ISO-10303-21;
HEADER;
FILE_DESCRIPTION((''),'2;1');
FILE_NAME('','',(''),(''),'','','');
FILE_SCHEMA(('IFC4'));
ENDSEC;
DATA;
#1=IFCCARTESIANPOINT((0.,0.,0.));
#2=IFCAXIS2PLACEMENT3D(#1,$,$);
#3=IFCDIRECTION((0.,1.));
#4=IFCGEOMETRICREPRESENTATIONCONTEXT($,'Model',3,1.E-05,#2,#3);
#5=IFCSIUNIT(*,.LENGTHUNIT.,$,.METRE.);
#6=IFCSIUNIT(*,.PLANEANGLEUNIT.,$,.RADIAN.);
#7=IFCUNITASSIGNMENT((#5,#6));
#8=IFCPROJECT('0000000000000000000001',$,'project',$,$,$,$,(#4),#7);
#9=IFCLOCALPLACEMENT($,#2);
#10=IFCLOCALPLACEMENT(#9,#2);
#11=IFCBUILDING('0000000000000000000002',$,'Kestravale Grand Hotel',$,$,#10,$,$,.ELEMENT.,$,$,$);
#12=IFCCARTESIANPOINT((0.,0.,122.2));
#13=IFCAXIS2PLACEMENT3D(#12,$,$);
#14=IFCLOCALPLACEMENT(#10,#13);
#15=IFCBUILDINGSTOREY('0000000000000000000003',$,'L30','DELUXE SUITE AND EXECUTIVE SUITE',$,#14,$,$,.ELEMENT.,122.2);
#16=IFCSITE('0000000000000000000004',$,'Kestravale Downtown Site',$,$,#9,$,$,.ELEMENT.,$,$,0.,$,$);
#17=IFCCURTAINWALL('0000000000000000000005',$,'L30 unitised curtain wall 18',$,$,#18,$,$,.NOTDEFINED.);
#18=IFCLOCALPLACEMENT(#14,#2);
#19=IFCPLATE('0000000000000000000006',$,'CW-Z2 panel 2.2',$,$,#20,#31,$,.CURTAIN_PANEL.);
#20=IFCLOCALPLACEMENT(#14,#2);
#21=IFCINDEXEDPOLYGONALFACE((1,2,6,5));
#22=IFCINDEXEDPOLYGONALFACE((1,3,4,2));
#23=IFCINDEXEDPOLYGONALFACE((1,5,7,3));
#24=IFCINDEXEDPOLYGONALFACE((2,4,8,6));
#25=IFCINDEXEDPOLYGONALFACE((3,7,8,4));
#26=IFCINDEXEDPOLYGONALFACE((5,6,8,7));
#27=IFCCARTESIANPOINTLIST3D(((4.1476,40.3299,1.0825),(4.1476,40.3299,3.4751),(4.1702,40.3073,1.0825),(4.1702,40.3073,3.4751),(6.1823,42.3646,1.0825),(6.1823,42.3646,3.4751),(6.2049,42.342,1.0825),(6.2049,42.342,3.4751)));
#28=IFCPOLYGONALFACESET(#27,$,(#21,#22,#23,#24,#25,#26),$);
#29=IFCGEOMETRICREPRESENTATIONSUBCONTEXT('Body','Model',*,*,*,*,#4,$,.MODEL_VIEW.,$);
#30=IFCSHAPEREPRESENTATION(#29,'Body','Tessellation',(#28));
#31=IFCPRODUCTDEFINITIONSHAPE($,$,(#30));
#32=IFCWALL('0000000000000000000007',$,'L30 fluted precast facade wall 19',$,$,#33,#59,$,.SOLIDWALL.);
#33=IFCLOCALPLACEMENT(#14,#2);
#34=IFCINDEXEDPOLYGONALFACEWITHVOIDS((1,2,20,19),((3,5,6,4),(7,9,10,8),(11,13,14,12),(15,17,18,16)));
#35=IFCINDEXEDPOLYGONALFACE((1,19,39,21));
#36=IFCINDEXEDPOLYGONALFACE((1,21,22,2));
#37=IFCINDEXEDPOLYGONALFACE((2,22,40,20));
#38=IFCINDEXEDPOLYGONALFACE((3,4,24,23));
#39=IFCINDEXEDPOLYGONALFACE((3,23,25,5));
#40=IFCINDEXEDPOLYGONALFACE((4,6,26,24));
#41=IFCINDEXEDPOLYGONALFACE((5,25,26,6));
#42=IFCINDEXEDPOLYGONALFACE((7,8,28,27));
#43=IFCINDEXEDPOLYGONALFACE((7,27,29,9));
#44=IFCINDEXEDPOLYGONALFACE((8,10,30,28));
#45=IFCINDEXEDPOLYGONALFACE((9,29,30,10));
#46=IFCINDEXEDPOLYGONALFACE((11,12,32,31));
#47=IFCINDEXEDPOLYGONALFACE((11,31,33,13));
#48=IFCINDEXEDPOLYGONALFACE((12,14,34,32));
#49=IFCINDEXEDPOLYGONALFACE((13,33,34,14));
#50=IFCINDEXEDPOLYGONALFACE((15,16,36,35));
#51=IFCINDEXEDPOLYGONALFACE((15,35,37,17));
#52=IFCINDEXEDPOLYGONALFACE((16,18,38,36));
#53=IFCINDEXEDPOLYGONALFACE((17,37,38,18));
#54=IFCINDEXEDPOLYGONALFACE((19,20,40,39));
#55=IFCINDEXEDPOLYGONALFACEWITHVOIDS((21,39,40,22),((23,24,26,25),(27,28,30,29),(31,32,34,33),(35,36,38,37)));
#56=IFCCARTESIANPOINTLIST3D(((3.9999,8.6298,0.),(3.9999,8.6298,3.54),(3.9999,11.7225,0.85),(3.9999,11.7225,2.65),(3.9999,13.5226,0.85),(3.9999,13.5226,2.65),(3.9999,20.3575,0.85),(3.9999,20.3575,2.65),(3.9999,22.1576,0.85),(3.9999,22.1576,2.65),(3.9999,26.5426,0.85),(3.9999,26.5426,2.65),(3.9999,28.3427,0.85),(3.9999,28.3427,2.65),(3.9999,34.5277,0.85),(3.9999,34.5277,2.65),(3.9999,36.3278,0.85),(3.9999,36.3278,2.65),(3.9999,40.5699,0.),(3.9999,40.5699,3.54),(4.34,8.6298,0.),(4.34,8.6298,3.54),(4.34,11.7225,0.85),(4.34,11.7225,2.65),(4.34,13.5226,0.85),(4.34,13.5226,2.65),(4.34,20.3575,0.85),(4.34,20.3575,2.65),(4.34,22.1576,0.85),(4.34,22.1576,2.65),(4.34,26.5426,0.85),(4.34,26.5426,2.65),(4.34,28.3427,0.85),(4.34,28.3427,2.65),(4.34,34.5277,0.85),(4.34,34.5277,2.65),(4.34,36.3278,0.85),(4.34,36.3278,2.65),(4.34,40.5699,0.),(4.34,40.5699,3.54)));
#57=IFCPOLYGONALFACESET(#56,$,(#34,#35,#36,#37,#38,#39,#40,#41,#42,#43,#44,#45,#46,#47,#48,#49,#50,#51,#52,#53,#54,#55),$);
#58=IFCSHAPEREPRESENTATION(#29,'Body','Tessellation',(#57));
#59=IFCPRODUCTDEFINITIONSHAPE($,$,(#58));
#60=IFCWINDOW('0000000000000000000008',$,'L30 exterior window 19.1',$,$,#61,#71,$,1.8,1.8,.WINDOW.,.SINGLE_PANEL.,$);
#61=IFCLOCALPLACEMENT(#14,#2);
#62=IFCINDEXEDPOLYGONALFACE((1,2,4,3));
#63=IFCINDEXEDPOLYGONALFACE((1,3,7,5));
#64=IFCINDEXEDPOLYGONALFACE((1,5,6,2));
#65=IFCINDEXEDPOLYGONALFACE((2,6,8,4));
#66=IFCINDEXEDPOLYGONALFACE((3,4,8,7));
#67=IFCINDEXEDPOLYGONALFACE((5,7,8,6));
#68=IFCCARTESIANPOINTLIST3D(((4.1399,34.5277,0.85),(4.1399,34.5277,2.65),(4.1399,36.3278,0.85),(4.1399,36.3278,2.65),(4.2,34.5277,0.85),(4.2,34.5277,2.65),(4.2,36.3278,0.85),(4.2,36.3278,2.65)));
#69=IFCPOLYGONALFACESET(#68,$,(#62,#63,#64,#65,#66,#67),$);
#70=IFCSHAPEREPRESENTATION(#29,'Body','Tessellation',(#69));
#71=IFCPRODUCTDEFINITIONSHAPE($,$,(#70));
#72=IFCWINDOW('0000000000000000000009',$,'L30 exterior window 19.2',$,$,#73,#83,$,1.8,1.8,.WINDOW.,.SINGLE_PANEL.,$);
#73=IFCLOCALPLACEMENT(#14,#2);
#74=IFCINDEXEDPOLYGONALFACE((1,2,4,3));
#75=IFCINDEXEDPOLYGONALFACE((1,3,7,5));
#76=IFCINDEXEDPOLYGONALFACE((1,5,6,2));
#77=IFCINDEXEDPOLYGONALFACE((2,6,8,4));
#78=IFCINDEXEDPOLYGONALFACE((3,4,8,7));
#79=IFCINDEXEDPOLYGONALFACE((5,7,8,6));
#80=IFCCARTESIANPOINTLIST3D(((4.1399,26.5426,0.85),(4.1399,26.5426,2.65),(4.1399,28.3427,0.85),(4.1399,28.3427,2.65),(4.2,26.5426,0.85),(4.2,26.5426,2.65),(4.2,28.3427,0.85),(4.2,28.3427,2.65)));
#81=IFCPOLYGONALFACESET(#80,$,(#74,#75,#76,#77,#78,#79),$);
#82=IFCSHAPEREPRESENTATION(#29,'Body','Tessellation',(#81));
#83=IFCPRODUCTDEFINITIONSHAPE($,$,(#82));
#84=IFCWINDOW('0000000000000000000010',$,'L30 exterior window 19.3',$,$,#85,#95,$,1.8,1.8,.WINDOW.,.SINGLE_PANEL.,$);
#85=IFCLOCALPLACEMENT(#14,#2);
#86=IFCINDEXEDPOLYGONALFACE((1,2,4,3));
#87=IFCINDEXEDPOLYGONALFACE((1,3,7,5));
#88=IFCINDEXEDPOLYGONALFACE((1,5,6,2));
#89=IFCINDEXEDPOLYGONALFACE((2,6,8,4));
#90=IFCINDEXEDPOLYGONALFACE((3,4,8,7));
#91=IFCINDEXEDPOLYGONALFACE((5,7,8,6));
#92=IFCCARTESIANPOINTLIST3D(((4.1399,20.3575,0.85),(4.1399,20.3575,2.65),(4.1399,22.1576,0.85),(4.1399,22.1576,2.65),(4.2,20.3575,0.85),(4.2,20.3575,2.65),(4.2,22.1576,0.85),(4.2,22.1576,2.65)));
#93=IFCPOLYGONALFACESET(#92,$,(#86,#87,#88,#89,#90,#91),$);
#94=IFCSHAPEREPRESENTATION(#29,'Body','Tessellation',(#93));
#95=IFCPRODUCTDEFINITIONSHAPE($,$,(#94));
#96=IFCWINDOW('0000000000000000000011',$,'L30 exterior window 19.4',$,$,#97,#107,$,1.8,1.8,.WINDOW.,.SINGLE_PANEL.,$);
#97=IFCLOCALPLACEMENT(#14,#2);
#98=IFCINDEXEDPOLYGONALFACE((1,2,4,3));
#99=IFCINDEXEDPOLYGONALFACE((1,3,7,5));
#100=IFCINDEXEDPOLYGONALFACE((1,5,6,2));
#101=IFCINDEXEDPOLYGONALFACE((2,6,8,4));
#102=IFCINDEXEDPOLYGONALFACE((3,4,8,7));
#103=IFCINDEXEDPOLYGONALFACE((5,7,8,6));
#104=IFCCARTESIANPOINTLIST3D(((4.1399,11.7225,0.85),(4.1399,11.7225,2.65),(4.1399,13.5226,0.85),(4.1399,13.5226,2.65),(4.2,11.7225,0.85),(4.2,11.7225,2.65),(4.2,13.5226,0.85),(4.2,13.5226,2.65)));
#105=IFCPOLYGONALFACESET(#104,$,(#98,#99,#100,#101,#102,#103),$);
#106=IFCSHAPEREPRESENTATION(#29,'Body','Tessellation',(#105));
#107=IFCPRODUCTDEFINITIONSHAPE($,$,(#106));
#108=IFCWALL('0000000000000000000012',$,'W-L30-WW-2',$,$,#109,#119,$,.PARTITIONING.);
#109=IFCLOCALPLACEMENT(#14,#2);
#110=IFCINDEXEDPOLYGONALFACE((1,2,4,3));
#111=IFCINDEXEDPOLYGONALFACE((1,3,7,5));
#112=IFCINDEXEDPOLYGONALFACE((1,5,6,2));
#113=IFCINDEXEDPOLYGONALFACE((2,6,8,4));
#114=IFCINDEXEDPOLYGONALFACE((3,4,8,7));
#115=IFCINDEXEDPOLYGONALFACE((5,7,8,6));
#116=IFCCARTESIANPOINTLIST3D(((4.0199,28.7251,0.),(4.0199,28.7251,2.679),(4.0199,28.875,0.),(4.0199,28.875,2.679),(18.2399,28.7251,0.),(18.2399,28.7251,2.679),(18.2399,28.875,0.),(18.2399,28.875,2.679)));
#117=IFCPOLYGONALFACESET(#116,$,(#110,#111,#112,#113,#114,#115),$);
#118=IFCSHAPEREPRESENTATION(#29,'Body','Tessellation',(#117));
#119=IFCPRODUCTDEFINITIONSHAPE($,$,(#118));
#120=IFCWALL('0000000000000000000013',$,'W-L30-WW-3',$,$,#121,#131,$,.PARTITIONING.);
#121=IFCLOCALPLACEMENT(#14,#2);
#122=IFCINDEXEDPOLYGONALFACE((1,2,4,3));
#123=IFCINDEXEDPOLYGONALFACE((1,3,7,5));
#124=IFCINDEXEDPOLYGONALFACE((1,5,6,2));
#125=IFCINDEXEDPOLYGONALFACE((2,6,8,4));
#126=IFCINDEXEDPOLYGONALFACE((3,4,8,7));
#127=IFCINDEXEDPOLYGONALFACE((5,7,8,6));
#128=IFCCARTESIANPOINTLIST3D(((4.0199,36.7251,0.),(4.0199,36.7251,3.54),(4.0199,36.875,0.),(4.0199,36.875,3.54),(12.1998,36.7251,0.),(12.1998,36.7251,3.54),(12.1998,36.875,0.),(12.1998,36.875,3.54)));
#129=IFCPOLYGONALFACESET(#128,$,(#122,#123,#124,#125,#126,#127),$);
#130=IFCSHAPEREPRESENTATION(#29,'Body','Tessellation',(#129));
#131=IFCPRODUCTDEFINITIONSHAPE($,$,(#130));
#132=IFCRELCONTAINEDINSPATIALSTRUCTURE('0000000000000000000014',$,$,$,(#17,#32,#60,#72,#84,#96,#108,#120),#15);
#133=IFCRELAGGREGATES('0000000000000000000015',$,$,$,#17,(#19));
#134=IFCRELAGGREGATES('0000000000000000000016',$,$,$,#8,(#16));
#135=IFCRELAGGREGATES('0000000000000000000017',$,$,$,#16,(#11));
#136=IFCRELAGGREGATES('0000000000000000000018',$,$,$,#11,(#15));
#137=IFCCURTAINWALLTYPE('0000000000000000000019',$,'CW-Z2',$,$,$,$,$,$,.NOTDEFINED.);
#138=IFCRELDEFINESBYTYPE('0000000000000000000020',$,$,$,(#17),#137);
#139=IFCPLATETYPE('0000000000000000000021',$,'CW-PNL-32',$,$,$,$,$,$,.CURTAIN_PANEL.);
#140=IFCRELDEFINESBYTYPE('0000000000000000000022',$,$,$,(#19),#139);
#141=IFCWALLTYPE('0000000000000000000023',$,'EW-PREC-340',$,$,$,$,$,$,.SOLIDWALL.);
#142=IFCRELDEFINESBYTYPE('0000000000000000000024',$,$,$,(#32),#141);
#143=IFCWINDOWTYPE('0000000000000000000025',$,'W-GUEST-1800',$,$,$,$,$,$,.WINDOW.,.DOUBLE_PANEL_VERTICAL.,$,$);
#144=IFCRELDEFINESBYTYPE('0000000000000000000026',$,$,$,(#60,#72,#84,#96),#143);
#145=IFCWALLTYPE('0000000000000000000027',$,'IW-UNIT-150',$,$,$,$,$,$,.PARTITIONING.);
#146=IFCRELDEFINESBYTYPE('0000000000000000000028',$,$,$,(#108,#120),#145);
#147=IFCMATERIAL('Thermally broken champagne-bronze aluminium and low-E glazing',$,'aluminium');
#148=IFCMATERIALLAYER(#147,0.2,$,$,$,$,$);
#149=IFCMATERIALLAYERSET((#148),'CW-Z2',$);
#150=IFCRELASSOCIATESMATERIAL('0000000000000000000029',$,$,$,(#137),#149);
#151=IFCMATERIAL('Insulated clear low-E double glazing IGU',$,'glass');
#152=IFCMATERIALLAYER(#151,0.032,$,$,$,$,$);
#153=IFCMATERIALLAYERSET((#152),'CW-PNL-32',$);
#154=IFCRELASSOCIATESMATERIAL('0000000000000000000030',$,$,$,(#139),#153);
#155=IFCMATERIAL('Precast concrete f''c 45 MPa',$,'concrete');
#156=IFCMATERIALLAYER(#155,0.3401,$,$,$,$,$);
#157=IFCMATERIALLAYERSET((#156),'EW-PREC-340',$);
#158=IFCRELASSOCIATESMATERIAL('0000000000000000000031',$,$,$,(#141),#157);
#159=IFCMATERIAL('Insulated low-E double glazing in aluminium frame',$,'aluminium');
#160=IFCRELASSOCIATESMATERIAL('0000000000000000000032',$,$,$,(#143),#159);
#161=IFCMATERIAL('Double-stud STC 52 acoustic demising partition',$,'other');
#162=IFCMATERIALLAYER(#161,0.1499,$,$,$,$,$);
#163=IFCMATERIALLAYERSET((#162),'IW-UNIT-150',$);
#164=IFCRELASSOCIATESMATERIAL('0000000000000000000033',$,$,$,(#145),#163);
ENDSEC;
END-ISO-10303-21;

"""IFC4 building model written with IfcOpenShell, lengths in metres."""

from ifc_helpers import new_model, si_unit, direction, frame, frame_2d, origin, origin_2d, place, context, subcontext, project, spatial, rectangle, extrude, material, layer, layer_set, type_object, element, fill, aggregate, save


model = new_model("IFC4")

# Units and contexts
model_context = context("Model", 3, precision=1e-05, world=origin(), true_north=direction((0.0, 1.0)))
body_context = subcontext(model_context, "Body", "Model", "MODEL_VIEW")
ifc_project = project(units=[si_unit("LENGTHUNIT", "METRE"), si_unit("PLANEANGLEUNIT", "RADIAN")], contexts=[model_context])

# Site, building, storey
site_placement = place(None, origin())
site = spatial("IfcSite", under=ifc_project, at=site_placement, Name="Kestravale Downtown Site", CompositionType="ELEMENT", RefElevation=0.0)
building_placement = place(site_placement, origin())
building = spatial("IfcBuilding", under=site, at=building_placement, Name="Kestravale Grand Hotel", CompositionType="ELEMENT")
storey_placement = place(building_placement, frame((0.0, 0.0, 122.2)))
storey = spatial("IfcBuildingStorey", under=building, at=storey_placement, Name="L30", Description="DELUXE SUITE AND EXECUTIVE SUITE", CompositionType="ELEMENT", Elevation=122.2)

# Curtain wall, plate
ifc_material_1 = material(Name="Thermally broken champagne-bronze aluminium and low-E glazing", Category="aluminium")
ifc_layer_1 = layer(ifc_material_1, 0.2)
ifc_layer_set_1 = layer_set([ifc_layer_1], Name="CW-Z2")
curtain_wall_type = type_object("IfcCurtainWallType", Name="CW-Z2", PredefinedType="NOTDEFINED", material=ifc_layer_set_1)
curtain_wall_placement = place(storey_placement, origin())
curtain_wall = element("IfcCurtainWall", 1, at=curtain_wall_placement, inside=storey, type_object=curtain_wall_type, Name="L30 unitised curtain wall 18", PredefinedType="NOTDEFINED")
ifc_material_2 = material(Name="Insulated clear low-E double glazing IGU", Category="glass")
ifc_layer_2 = layer(ifc_material_2, 0.032)
ifc_layer_set_2 = layer_set([ifc_layer_2], Name="CW-PNL-32")
plate_type = type_object("IfcPlateType", Name="CW-PNL-32", PredefinedType="CURTAIN_PANEL", material=ifc_layer_set_2)
plate_1_placement = place(storey_placement, frame((5.1763, 41.3359, 1.0825), z_axis=(0.0, 0.0, 1.0), x_axis=(-0.707107, -0.707107, 0.0)))
plate_1 = element("IfcPlate", 2, at=plate_1_placement, type_object=plate_type, Name="CW-Z2 panel 2.2", PredefinedType="CURTAIN_PANEL", context=body_context, shape_type="SweptSolid", body=[
    extrude(rectangle(XDim=2.8774, YDim=0.032, at=origin_2d()), origin(), (0.0, 0.0, 1.0), 2.3926),
])
aggregate(curtain_wall, [plate_1])

# Wall, openings, windows
ifc_material_3 = material(Name="Precast concrete f'c 45 MPa", Category="concrete")
ifc_layer_3 = layer(ifc_material_3, 0.3401)
ifc_layer_set_3 = layer_set([ifc_layer_3], Name="EW-PREC-340")
wall_type_1 = type_object("IfcWallType", Name="EW-PREC-340", PredefinedType="SOLIDWALL", material=ifc_layer_set_3)
wall_1_placement = place(storey_placement, frame((4.1699, 40.5701, 0.0), z_axis=(0.0, 0.0, 1.0), x_axis=(0.0, -1.0, 0.0)))
wall_1 = element("IfcWall", 3, at=wall_1_placement, inside=storey, type_object=wall_type_1, Name="L30 fluted precast facade wall 19", PredefinedType="SOLIDWALL", context=body_context, shape_type="SweptSolid", body=[
    extrude(rectangle(XDim=31.9402, YDim=0.3401, at=frame_2d((15.9702, 0.0))), origin(), (0.0, 0.0, 1.0), 3.54),
])
opening_1_placement = place(wall_1_placement, frame((4.2424, 0.0, 0.8501)))
opening_1 = element("IfcOpeningElement", 4, at=opening_1_placement, cuts=wall_1, PredefinedType="OPENING", context=body_context, shape_type="SweptSolid", body=[
    extrude(rectangle(XDim=1.8, YDim=1.8, at=frame_2d((0.8999, 0.8999))), frame((0.0, 0.1799, 0.0), z_axis=(0.0, -1.0, 0.0), x_axis=(1.0, 0.0, 0.0)), (0.0, 0.0, 1.0), 0.3601),
])
opening_2_placement = place(wall_1_placement, frame((12.2275, 0.0, 0.8501)))
opening_2 = element("IfcOpeningElement", 5, at=opening_2_placement, cuts=wall_1, PredefinedType="OPENING", context=body_context, shape_type="SweptSolid", body=[
    extrude(rectangle(XDim=1.8, YDim=1.8, at=frame_2d((0.8999, 0.8999))), frame((0.0, 0.1799, 0.0), z_axis=(0.0, -1.0, 0.0), x_axis=(1.0, 0.0, 0.0)), (0.0, 0.0, 1.0), 0.3601),
])
opening_3_placement = place(wall_1_placement, frame((18.4126, 0.0, 0.8501)))
opening_3 = element("IfcOpeningElement", 6, at=opening_3_placement, cuts=wall_1, PredefinedType="OPENING", context=body_context, shape_type="SweptSolid", body=[
    extrude(rectangle(XDim=1.8, YDim=1.8, at=frame_2d((0.8999, 0.8999))), frame((0.0, 0.1799, 0.0), z_axis=(0.0, -1.0, 0.0), x_axis=(1.0, 0.0, 0.0)), (0.0, 0.0, 1.0), 0.3601),
])
opening_4_placement = place(wall_1_placement, frame((27.0476, 0.0, 0.8501)))
opening_4 = element("IfcOpeningElement", 7, at=opening_4_placement, cuts=wall_1, PredefinedType="OPENING", context=body_context, shape_type="SweptSolid", body=[
    extrude(rectangle(XDim=1.8, YDim=1.8, at=frame_2d((0.8999, 0.8999))), frame((0.0, 0.1799, 0.0), z_axis=(0.0, -1.0, 0.0), x_axis=(1.0, 0.0, 0.0)), (0.0, 0.0, 1.0), 0.3601),
])
ifc_material_4 = material(Name="Insulated low-E double glazing in aluminium frame", Category="aluminium")
window_type = type_object("IfcWindowType", Name="W-GUEST-1800", PartitioningType="DOUBLE_PANEL_VERTICAL", PredefinedType="WINDOW", material=ifc_material_4)
window_1_placement = place(opening_1_placement, origin())
window_1 = element("IfcWindow", 8, at=window_1_placement, inside=storey, type_object=window_type, Name="L30 exterior window 19.1", OverallHeight=1.8, OverallWidth=1.8, PartitioningType="SINGLE_PANEL", PredefinedType="WINDOW", context=body_context, shape_type="SweptSolid", body=[
    extrude(rectangle(XDim=1.8, YDim=1.8, at=frame_2d((0.8999, 0.8999))), frame((0.0, 0.03, 0.0), z_axis=(0.0, -1.0, 0.0), x_axis=(1.0, 0.0, 0.0)), (0.0, 0.0, 1.0), 0.0601),
])
fill(opening_1, window_1)
window_2_placement = place(opening_2_placement, origin())
window_2 = element("IfcWindow", 9, at=window_2_placement, inside=storey, type_object=window_type, Name="L30 exterior window 19.2", OverallHeight=1.8, OverallWidth=1.8, PartitioningType="SINGLE_PANEL", PredefinedType="WINDOW", context=body_context, shape_type="SweptSolid", body=[
    extrude(rectangle(XDim=1.8, YDim=1.8, at=frame_2d((0.8999, 0.8999))), frame((0.0, 0.03, 0.0), z_axis=(0.0, -1.0, 0.0), x_axis=(1.0, 0.0, 0.0)), (0.0, 0.0, 1.0), 0.0601),
])
fill(opening_2, window_2)
window_3_placement = place(opening_3_placement, origin())
window_3 = element("IfcWindow", 10, at=window_3_placement, inside=storey, type_object=window_type, Name="L30 exterior window 19.3", OverallHeight=1.8, OverallWidth=1.8, PartitioningType="SINGLE_PANEL", PredefinedType="WINDOW", context=body_context, shape_type="SweptSolid", body=[
    extrude(rectangle(XDim=1.8, YDim=1.8, at=frame_2d((0.8999, 0.8999))), frame((0.0, 0.03, 0.0), z_axis=(0.0, -1.0, 0.0), x_axis=(1.0, 0.0, 0.0)), (0.0, 0.0, 1.0), 0.0601),
])
fill(opening_3, window_3)
window_4_placement = place(opening_4_placement, origin())
window_4 = element("IfcWindow", 11, at=window_4_placement, inside=storey, type_object=window_type, Name="L30 exterior window 19.4", OverallHeight=1.8, OverallWidth=1.8, PartitioningType="SINGLE_PANEL", PredefinedType="WINDOW", context=body_context, shape_type="SweptSolid", body=[
    extrude(rectangle(XDim=1.8, YDim=1.8, at=frame_2d((0.8999, 0.8999))), frame((0.0, 0.03, 0.0), z_axis=(0.0, -1.0, 0.0), x_axis=(1.0, 0.0, 0.0)), (0.0, 0.0, 1.0), 0.0601),
])
fill(opening_4, window_4)

# Walls
ifc_material_5 = material(Name="Double-stud STC 52 acoustic demising partition", Category="other")
ifc_layer_4 = layer(ifc_material_5, 0.1499)
ifc_layer_set_4 = layer_set([ifc_layer_4], Name="IW-UNIT-150")
wall_type_2 = type_object("IfcWallType", Name="IW-UNIT-150", PredefinedType="PARTITIONING", material=ifc_layer_set_4)
wall_2_placement = place(storey_placement, frame((4.02, 28.8, 0.0), z_axis=(0.0, 0.0, 1.0), x_axis=(1.0, 0.0, 0.0)))
element("IfcWall", 12, at=wall_2_placement, inside=storey, type_object=wall_type_2, Name="W-L30-WW-2", PredefinedType="PARTITIONING", context=body_context, shape_type="SweptSolid", body=[
    extrude(rectangle(XDim=14.22, YDim=0.1499, at=frame_2d((7.1099, 0.0))), origin(), (0.0, 0.0, 1.0), 2.679),
])
wall_3_placement = place(storey_placement, frame((4.02, 36.8, 0.0), z_axis=(0.0, 0.0, 1.0), x_axis=(1.0, 0.0, 0.0)))
element("IfcWall", 13, at=wall_3_placement, inside=storey, type_object=wall_type_2, Name="W-L30-WW-3", PredefinedType="PARTITIONING", context=body_context, shape_type="SweptSolid", body=[
    extrude(rectangle(XDim=8.1799, YDim=0.1499, at=frame_2d((4.0898, 0.0))), origin(), (0.0, 0.0, 1.0), 3.54),
])

save(model, "model.ifc")
